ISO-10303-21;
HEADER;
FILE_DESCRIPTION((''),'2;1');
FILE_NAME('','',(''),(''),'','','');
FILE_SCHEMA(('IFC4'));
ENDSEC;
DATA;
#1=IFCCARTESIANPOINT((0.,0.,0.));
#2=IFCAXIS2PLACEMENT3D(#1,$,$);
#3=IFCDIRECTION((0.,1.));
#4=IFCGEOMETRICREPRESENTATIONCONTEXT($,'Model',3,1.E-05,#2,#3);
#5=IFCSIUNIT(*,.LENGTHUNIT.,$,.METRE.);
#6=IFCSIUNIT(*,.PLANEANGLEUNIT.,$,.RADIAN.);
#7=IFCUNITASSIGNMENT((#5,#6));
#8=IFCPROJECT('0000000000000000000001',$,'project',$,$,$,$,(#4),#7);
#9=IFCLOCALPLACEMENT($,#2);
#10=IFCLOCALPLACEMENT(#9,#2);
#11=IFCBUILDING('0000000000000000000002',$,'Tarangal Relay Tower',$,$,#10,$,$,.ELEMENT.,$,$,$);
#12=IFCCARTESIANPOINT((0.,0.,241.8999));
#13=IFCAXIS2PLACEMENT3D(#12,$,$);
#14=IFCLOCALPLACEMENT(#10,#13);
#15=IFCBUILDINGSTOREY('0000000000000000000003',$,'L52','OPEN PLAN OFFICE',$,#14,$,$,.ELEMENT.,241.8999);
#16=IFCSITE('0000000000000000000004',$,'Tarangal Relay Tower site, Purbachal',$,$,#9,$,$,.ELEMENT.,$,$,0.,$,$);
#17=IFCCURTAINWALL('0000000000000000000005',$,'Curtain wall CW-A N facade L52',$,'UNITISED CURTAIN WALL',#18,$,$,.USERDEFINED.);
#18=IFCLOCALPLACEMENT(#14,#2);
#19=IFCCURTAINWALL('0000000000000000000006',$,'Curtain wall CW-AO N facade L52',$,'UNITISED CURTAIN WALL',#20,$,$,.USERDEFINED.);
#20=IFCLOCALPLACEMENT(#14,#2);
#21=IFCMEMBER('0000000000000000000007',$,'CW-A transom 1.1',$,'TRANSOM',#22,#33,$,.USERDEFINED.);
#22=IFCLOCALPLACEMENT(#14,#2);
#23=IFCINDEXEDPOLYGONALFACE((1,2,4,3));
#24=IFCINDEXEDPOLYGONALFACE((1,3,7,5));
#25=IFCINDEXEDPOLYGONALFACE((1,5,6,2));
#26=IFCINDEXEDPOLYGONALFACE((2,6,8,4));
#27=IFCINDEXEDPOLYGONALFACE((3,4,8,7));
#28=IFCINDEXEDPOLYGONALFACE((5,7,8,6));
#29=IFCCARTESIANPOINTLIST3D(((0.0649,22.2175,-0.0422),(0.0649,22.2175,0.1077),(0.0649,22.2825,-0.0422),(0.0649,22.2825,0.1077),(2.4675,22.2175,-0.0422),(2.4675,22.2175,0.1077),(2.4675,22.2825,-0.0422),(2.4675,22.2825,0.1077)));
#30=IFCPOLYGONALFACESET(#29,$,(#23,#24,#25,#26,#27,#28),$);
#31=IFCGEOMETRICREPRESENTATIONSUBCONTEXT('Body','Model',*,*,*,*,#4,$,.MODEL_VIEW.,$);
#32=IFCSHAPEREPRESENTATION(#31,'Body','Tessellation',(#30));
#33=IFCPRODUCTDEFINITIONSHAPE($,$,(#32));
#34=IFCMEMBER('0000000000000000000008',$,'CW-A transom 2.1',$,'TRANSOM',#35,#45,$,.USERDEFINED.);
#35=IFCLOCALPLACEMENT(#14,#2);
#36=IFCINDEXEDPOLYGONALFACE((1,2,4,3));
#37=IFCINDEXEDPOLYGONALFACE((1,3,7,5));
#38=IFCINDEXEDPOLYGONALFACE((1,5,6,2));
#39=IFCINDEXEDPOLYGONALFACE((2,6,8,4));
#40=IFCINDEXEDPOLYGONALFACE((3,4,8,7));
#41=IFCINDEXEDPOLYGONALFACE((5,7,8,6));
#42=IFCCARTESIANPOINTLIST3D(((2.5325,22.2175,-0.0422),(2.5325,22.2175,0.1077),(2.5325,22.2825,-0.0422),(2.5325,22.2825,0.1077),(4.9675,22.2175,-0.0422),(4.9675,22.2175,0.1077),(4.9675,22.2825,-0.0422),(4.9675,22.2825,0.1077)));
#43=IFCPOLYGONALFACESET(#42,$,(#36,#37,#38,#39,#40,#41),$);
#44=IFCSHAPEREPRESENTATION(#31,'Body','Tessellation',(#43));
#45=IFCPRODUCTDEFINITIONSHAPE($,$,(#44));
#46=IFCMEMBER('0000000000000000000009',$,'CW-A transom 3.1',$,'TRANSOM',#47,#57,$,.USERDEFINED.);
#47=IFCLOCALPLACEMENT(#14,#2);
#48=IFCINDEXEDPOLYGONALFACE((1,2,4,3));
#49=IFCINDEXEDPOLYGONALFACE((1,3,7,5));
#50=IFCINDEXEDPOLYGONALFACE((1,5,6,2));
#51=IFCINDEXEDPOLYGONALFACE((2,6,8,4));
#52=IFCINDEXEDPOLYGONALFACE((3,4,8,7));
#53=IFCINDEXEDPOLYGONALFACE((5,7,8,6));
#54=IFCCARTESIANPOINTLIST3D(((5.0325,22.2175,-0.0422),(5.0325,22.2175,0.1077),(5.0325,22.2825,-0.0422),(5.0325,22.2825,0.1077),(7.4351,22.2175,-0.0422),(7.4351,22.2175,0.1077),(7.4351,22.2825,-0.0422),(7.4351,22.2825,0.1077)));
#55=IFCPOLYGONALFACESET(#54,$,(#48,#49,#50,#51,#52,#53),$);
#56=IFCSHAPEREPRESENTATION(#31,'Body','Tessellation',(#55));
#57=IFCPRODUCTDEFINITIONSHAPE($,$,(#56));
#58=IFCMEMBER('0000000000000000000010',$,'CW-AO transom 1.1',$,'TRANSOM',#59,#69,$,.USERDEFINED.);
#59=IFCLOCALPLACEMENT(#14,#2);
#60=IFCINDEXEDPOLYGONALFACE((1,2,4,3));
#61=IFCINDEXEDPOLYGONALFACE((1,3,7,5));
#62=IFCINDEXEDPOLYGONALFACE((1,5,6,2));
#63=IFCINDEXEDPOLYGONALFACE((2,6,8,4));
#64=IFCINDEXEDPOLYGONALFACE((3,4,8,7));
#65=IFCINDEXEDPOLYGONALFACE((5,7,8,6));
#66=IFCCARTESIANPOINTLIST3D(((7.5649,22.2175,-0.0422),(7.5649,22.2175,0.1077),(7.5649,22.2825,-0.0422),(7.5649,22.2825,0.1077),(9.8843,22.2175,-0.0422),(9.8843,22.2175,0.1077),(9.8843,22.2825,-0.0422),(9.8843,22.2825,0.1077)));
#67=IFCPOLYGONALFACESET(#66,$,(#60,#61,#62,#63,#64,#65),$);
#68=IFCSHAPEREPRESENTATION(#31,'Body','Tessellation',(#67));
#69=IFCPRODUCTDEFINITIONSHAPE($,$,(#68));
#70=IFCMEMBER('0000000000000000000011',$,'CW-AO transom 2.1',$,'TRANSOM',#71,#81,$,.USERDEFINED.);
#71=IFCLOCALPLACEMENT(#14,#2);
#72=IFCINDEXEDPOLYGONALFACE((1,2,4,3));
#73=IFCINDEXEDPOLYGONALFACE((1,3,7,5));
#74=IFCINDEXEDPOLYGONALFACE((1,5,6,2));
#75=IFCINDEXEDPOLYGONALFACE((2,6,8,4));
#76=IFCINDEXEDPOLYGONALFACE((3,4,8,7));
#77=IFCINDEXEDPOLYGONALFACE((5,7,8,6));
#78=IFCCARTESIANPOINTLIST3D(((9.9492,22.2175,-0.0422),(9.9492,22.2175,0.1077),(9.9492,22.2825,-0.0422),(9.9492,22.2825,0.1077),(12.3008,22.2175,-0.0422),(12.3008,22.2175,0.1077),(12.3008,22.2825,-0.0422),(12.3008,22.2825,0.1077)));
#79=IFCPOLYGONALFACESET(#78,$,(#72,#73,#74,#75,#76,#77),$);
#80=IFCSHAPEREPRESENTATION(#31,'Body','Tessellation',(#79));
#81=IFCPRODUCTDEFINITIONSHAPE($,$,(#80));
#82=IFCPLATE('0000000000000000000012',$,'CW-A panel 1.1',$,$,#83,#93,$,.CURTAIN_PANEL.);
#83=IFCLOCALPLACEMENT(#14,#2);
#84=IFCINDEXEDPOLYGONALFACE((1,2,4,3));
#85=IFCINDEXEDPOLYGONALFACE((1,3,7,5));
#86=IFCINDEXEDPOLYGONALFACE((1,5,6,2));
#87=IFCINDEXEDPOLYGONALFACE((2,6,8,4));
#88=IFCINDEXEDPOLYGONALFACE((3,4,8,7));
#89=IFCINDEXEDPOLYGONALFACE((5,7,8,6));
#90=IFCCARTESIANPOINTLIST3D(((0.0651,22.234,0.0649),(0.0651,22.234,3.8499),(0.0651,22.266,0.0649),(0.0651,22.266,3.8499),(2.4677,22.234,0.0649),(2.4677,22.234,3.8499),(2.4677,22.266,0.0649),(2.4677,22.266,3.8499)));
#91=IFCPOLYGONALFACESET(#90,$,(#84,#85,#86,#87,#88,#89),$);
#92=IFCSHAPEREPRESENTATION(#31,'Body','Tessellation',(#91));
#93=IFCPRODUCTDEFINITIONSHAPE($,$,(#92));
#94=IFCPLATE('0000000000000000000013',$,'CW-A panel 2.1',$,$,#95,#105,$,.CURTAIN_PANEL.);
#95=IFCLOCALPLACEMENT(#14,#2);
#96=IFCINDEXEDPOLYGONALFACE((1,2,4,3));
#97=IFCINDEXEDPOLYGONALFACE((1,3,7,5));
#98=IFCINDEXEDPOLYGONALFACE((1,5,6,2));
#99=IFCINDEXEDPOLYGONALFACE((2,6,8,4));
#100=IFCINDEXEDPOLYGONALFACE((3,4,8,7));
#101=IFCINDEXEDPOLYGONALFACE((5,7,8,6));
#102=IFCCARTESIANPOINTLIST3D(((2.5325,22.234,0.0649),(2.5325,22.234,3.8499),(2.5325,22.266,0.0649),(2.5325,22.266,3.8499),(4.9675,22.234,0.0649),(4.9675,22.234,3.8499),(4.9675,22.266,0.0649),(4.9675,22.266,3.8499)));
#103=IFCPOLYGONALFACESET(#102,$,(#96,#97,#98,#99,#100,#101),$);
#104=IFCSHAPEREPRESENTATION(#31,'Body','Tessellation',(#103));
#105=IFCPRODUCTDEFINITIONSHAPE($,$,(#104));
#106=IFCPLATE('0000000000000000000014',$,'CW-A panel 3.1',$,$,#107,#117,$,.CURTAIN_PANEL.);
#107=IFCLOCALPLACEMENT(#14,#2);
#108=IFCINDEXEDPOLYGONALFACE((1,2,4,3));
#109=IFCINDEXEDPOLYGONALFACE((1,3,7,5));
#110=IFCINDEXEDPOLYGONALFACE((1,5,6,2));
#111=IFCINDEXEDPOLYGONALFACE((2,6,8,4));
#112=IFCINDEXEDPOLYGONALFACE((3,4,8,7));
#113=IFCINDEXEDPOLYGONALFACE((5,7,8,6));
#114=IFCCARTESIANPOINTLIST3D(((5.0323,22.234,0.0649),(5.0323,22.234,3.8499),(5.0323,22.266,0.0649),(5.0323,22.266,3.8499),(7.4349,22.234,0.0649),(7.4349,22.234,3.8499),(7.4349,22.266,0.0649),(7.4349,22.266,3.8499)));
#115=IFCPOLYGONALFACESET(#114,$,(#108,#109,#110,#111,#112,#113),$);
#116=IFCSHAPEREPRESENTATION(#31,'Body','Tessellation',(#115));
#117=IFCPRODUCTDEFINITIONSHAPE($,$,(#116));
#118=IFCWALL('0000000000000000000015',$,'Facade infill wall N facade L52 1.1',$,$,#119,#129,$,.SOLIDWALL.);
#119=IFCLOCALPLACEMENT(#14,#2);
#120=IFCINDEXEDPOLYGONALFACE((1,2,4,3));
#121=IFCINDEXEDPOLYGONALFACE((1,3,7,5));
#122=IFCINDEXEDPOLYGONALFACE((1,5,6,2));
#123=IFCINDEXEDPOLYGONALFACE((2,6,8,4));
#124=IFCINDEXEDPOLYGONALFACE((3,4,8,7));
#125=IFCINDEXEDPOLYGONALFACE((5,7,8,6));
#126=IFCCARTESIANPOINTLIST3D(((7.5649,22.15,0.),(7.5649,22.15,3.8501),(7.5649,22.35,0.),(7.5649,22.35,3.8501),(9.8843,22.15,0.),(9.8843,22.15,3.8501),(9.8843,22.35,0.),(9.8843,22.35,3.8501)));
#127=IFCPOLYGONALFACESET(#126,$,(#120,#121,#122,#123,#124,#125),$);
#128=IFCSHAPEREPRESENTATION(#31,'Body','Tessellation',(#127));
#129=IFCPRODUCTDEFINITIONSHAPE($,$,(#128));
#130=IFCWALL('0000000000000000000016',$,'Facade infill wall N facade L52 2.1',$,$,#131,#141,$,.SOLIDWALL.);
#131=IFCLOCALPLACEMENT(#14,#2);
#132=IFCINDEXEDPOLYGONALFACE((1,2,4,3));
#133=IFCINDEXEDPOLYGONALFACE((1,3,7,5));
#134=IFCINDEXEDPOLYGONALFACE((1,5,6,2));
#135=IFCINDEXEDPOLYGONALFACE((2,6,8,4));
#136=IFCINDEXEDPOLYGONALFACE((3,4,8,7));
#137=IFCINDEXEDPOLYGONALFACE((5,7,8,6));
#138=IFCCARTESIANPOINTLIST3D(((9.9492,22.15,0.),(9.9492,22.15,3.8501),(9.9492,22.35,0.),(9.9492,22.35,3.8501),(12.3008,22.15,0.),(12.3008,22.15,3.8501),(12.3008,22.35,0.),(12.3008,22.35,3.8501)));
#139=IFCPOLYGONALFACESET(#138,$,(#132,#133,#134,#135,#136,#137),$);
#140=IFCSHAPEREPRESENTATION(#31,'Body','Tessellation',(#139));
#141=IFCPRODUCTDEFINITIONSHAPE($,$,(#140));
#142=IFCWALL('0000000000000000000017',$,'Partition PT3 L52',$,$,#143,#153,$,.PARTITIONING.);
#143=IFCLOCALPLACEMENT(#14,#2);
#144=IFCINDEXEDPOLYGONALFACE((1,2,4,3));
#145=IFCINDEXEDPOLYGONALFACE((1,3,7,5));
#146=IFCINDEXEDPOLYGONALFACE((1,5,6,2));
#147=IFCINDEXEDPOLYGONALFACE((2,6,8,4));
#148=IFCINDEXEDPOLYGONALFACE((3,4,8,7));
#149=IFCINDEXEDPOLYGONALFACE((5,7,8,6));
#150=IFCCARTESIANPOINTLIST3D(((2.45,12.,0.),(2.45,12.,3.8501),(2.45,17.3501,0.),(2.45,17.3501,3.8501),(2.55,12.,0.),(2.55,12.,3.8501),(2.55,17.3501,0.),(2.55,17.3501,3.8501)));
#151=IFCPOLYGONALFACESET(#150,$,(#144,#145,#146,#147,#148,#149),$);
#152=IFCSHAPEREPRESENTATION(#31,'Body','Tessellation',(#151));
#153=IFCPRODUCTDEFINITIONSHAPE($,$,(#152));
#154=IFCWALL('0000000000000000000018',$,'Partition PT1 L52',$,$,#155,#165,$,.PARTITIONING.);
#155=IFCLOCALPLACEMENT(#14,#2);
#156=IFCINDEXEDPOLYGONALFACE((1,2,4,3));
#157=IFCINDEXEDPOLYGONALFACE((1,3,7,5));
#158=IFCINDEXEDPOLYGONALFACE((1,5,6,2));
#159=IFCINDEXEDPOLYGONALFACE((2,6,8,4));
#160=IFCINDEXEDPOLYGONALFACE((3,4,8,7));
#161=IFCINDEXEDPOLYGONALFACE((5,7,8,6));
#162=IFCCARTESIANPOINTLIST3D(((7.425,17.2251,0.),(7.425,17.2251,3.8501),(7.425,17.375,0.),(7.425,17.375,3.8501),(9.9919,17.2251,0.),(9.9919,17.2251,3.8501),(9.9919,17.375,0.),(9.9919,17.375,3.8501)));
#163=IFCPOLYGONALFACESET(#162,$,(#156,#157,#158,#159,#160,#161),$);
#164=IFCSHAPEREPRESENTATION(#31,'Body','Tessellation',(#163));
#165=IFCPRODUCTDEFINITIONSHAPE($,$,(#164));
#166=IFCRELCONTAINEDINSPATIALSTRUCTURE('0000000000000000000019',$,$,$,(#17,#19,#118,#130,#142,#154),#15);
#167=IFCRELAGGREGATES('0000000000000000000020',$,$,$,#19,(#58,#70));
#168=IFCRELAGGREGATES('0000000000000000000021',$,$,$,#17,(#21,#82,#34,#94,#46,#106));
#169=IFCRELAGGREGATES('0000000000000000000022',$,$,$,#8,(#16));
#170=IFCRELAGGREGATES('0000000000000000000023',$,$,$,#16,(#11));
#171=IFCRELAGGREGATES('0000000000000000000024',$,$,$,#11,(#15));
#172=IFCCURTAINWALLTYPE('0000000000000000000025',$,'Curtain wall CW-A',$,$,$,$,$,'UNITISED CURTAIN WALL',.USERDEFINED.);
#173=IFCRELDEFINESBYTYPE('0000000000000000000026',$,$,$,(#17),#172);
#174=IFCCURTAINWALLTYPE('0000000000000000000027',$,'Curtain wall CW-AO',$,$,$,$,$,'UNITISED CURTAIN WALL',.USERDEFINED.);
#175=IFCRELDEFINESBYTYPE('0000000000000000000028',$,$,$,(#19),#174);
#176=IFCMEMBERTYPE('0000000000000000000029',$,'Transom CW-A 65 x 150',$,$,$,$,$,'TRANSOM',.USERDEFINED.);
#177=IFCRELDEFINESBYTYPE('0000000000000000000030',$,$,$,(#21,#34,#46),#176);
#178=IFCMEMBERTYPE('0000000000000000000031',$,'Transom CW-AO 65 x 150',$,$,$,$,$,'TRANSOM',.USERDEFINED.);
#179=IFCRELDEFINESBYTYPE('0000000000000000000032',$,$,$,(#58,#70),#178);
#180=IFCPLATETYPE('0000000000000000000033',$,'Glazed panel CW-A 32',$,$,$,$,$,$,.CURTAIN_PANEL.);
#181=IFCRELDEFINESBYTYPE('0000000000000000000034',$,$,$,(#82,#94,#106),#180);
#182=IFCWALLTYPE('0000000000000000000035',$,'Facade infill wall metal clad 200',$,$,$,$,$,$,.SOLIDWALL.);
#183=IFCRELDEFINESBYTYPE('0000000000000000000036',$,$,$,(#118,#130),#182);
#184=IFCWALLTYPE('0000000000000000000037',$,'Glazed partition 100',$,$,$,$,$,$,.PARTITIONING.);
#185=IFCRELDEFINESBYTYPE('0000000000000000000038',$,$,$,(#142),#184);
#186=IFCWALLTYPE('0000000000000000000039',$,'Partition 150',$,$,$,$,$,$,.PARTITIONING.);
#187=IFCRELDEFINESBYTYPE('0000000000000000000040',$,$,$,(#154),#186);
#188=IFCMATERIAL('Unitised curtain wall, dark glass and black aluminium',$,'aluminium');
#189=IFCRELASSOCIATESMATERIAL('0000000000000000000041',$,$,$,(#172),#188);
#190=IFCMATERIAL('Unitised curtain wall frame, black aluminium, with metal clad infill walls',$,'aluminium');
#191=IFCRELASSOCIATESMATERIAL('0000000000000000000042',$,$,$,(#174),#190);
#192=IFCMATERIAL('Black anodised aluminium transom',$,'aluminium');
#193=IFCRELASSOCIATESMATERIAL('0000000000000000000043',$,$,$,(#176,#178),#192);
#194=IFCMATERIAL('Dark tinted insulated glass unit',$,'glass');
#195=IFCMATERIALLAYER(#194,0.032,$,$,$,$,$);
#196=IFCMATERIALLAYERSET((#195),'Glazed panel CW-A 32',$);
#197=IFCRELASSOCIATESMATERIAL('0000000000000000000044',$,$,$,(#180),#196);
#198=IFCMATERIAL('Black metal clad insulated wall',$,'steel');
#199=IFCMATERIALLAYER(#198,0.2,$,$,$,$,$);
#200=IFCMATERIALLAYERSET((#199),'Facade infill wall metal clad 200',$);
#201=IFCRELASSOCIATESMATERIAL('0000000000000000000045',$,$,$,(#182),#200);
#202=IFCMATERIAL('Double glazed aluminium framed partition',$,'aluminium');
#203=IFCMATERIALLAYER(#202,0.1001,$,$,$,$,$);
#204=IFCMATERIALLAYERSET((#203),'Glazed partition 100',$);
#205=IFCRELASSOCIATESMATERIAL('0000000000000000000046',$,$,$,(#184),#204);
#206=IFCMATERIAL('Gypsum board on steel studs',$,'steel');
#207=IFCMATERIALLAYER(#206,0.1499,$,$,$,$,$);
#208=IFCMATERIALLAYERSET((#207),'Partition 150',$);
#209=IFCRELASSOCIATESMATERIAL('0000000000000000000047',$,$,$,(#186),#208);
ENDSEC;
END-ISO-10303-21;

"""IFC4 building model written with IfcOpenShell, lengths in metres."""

from ifc_helpers import new_model, si_unit, direction, frame, frame_2d, origin, origin_2d, place, context, subcontext, project, spatial, rectangle, extrude, material, layer, layer_set, material_profile, profile_set, type_object, element, aggregate, save


model = new_model("IFC4")

# Units and contexts
model_context = context("Model", 3, precision=1e-05, world=origin(), true_north=direction((0.0, 1.0)))
body_context = subcontext(model_context, "Body", "Model", "MODEL_VIEW")
ifc_project = project(units=[si_unit("LENGTHUNIT", "METRE"), si_unit("PLANEANGLEUNIT", "RADIAN")], contexts=[model_context])

# Site, building, storey
site_placement = place(None, origin())
site = spatial("IfcSite", under=ifc_project, at=site_placement, Name="Tarangal Relay Tower site, Purbachal", CompositionType="ELEMENT", RefElevation=0.0)
building_placement = place(site_placement, origin())
building = spatial("IfcBuilding", under=site, at=building_placement, Name="Tarangal Relay Tower", CompositionType="ELEMENT")
storey_placement = place(building_placement, frame((0.0, 0.0, 241.8999)))
storey = spatial("IfcBuildingStorey", under=building, at=storey_placement, Name="L52", Description="OPEN PLAN OFFICE", CompositionType="ELEMENT", Elevation=241.8999)

# Curtain walls
ifc_material_1 = material(Name="Unitised curtain wall, dark glass and black aluminium", Category="aluminium")
curtain_wall_type_1 = type_object("IfcCurtainWallType", Name="Curtain wall CW-A", ElementType="UNITISED CURTAIN WALL", PredefinedType="USERDEFINED", material=ifc_material_1)
curtain_wall_1_placement = place(storey_placement, origin())
curtain_wall_1 = element("IfcCurtainWall", 1, at=curtain_wall_1_placement, inside=storey, type_object=curtain_wall_type_1, Name="Curtain wall CW-A N facade L52", ObjectType="UNITISED CURTAIN WALL", PredefinedType="USERDEFINED")
ifc_material_2 = material(Name="Unitised curtain wall frame, black aluminium, with metal clad infill walls", Category="aluminium")
curtain_wall_type_2 = type_object("IfcCurtainWallType", Name="Curtain wall CW-AO", ElementType="UNITISED CURTAIN WALL", PredefinedType="USERDEFINED", material=ifc_material_2)
curtain_wall_2_placement = place(storey_placement, origin())
curtain_wall_2 = element("IfcCurtainWall", 2, at=curtain_wall_2_placement, inside=storey, type_object=curtain_wall_type_2, Name="Curtain wall CW-AO N facade L52", ObjectType="UNITISED CURTAIN WALL", PredefinedType="USERDEFINED")

# Members
ifc_material_3 = material(Name="Black anodised aluminium transom", Category="aluminium")
ifc_material_profile_1 = material_profile(ifc_material_3, rectangle(XDim=0.0649, YDim=0.1499, at=origin_2d()), Name="CW-AT 65X150")
ifc_profile_set_1 = profile_set([ifc_material_profile_1], Name="Black anodised aluminium transom")
member_type_1 = type_object("IfcMemberType", Name="Transom CW-A 65 x 150", ElementType="TRANSOM", PredefinedType="USERDEFINED", material=ifc_profile_set_1)
member_1_placement = place(storey_placement, frame((0.0649, 22.25, 0.0327), z_axis=(1.0, 0.0, 0.0), x_axis=(0.0, 1.0, 0.0)))
member_1 = element("IfcMember", 3, at=member_1_placement, type_object=member_type_1, Name="CW-A transom 1.1", ObjectType="TRANSOM", PredefinedType="USERDEFINED", context=body_context, shape_type="SweptSolid", body=[
    extrude(rectangle(XDim=0.0649, YDim=0.1499, at=origin_2d()), origin(), (0.0, 0.0, 1.0), 2.4026),
])
member_2_placement = place(storey_placement, frame((2.5325, 22.25, 0.0327), z_axis=(1.0, 0.0, 0.0), x_axis=(0.0, 1.0, 0.0)))
member_2 = element("IfcMember", 4, at=member_2_placement, type_object=member_type_1, Name="CW-A transom 2.1", ObjectType="TRANSOM", PredefinedType="USERDEFINED", context=body_context, shape_type="SweptSolid", body=[
    extrude(rectangle(XDim=0.0649, YDim=0.1499, at=origin_2d()), origin(), (0.0, 0.0, 1.0), 2.4351),
])
member_3_placement = place(storey_placement, frame((5.0325, 22.25, 0.0327), z_axis=(1.0, 0.0, 0.0), x_axis=(0.0, 1.0, 0.0)))
member_3 = element("IfcMember", 5, at=member_3_placement, type_object=member_type_1, Name="CW-A transom 3.1", ObjectType="TRANSOM", PredefinedType="USERDEFINED", context=body_context, shape_type="SweptSolid", body=[
    extrude(rectangle(XDim=0.0649, YDim=0.1499, at=origin_2d()), origin(), (0.0, 0.0, 1.0), 2.4026),
])
ifc_material_profile_2 = material_profile(ifc_material_3, rectangle(XDim=0.0649, YDim=0.1499, at=origin_2d()), Name="CW-AOT 65X150")
ifc_profile_set_2 = profile_set([ifc_material_profile_2], Name="Black anodised aluminium transom")
member_type_2 = type_object("IfcMemberType", Name="Transom CW-AO 65 x 150", ElementType="TRANSOM", PredefinedType="USERDEFINED", material=ifc_profile_set_2)
member_4_placement = place(storey_placement, frame((7.5649, 22.25, 0.0327), z_axis=(1.0, 0.0, 0.0), x_axis=(0.0, 1.0, 0.0)))
member_4 = element("IfcMember", 6, at=member_4_placement, type_object=member_type_2, Name="CW-AO transom 1.1", ObjectType="TRANSOM", PredefinedType="USERDEFINED", context=body_context, shape_type="SweptSolid", body=[
    extrude(rectangle(XDim=0.0649, YDim=0.1499, at=origin_2d()), origin(), (0.0, 0.0, 1.0), 2.3193),
])
member_5_placement = place(storey_placement, frame((9.9492, 22.25, 0.0327), z_axis=(1.0, 0.0, 0.0), x_axis=(0.0, 1.0, 0.0)))
member_5 = element("IfcMember", 7, at=member_5_placement, type_object=member_type_2, Name="CW-AO transom 2.1", ObjectType="TRANSOM", PredefinedType="USERDEFINED", context=body_context, shape_type="SweptSolid", body=[
    extrude(rectangle(XDim=0.0649, YDim=0.1499, at=origin_2d()), origin(), (0.0, 0.0, 1.0), 2.3516),
])
aggregate(curtain_wall_2, [member_4, member_5])

# Plates
ifc_material_4 = material(Name="Dark tinted insulated glass unit", Category="glass")
ifc_layer_1 = layer(ifc_material_4, 0.032)
ifc_layer_set_1 = layer_set([ifc_layer_1], Name="Glazed panel CW-A 32")
plate_type = type_object("IfcPlateType", Name="Glazed panel CW-A 32", PredefinedType="CURTAIN_PANEL", material=ifc_layer_set_1)
plate_1_placement = place(storey_placement, frame((1.2664, 22.25, 0.0649), z_axis=(0.0, 0.0, 1.0), x_axis=(1.0, 0.0, 0.0)))
plate_1 = element("IfcPlate", 8, at=plate_1_placement, type_object=plate_type, Name="CW-A panel 1.1", PredefinedType="CURTAIN_PANEL", context=body_context, shape_type="SweptSolid", body=[
    extrude(rectangle(XDim=2.4026, YDim=0.032, at=origin_2d()), origin(), (0.0, 0.0, 1.0), 3.7849),
])
plate_2_placement = place(storey_placement, frame((3.75, 22.25, 0.0649), z_axis=(0.0, 0.0, 1.0), x_axis=(1.0, 0.0, 0.0)))
plate_2 = element("IfcPlate", 9, at=plate_2_placement, type_object=plate_type, Name="CW-A panel 2.1", PredefinedType="CURTAIN_PANEL", context=body_context, shape_type="SweptSolid", body=[
    extrude(rectangle(XDim=2.4351, YDim=0.032, at=origin_2d()), origin(), (0.0, 0.0, 1.0), 3.7849),
])
plate_3_placement = place(storey_placement, frame((6.2336, 22.25, 0.0649), z_axis=(0.0, 0.0, 1.0), x_axis=(1.0, 0.0, 0.0)))
plate_3 = element("IfcPlate", 10, at=plate_3_placement, type_object=plate_type, Name="CW-A panel 3.1", PredefinedType="CURTAIN_PANEL", context=body_context, shape_type="SweptSolid", body=[
    extrude(rectangle(XDim=2.4026, YDim=0.032, at=origin_2d()), origin(), (0.0, 0.0, 1.0), 3.7849),
])
aggregate(curtain_wall_1, [member_1, plate_1, member_2, plate_2, member_3, plate_3])

# Walls
ifc_material_5 = material(Name="Black metal clad insulated wall", Category="steel")
ifc_layer_2 = layer(ifc_material_5, 0.2)
ifc_layer_set_2 = layer_set([ifc_layer_2], Name="Facade infill wall metal clad 200")
wall_type_1 = type_object("IfcWallType", Name="Facade infill wall metal clad 200", PredefinedType="SOLIDWALL", material=ifc_layer_set_2)
wall_1_placement = place(storey_placement, frame((7.5649, 22.25, 0.0), z_axis=(0.0, 0.0, 1.0), x_axis=(1.0, 0.0, 0.0)))
element("IfcWall", 11, at=wall_1_placement, inside=storey, type_object=wall_type_1, Name="Facade infill wall N facade L52 1.1", PredefinedType="SOLIDWALL", context=body_context, shape_type="SweptSolid", body=[
    extrude(rectangle(XDim=2.3193, YDim=0.2, at=frame_2d((1.1597, 0.0))), origin(), (0.0, 0.0, 1.0), 3.8501),
])
wall_2_placement = place(storey_placement, frame((9.9492, 22.25, 0.0), z_axis=(0.0, 0.0, 1.0), x_axis=(1.0, 0.0, 0.0)))
element("IfcWall", 12, at=wall_2_placement, inside=storey, type_object=wall_type_1, Name="Facade infill wall N facade L52 2.1", PredefinedType="SOLIDWALL", context=body_context, shape_type="SweptSolid", body=[
    extrude(rectangle(XDim=2.3516, YDim=0.2, at=frame_2d((1.1758, 0.0))), origin(), (0.0, 0.0, 1.0), 3.8501),
])
ifc_material_6 = material(Name="Double glazed aluminium framed partition", Category="aluminium")
ifc_layer_3 = layer(ifc_material_6, 0.1001)
ifc_layer_set_3 = layer_set([ifc_layer_3], Name="Glazed partition 100")
wall_type_2 = type_object("IfcWallType", Name="Glazed partition 100", PredefinedType="PARTITIONING", material=ifc_layer_set_3)
wall_3_placement = place(storey_placement, frame((2.5, 12.0, 0.0), z_axis=(0.0, 0.0, 1.0), x_axis=(0.0, 1.0, 0.0)))
element("IfcWall", 13, at=wall_3_placement, inside=storey, type_object=wall_type_2, Name="Partition PT3 L52", PredefinedType="PARTITIONING", context=body_context, shape_type="SweptSolid", body=[
    extrude(rectangle(XDim=5.3501, YDim=0.1001, at=frame_2d((2.675, 0.0))), origin(), (0.0, 0.0, 1.0), 3.8501),
])
ifc_material_7 = material(Name="Gypsum board on steel studs", Category="steel")
ifc_layer_4 = layer(ifc_material_7, 0.1499)
ifc_layer_set_4 = layer_set([ifc_layer_4], Name="Partition 150")
wall_type_3 = type_object("IfcWallType", Name="Partition 150", PredefinedType="PARTITIONING", material=ifc_layer_set_4)
wall_4_placement = place(storey_placement, frame((7.425, 17.3, 0.0), z_axis=(0.0, 0.0, 1.0), x_axis=(1.0, 0.0, 0.0)))
element("IfcWall", 14, at=wall_4_placement, inside=storey, type_object=wall_type_3, Name="Partition PT1 L52", PredefinedType="PARTITIONING", context=body_context, shape_type="SweptSolid", body=[
    extrude(rectangle(XDim=2.5669, YDim=0.1499, at=frame_2d((1.2834, 0.0))), origin(), (0.0, 0.0, 1.0), 3.8501),
])

save(model, "model.ifc")
